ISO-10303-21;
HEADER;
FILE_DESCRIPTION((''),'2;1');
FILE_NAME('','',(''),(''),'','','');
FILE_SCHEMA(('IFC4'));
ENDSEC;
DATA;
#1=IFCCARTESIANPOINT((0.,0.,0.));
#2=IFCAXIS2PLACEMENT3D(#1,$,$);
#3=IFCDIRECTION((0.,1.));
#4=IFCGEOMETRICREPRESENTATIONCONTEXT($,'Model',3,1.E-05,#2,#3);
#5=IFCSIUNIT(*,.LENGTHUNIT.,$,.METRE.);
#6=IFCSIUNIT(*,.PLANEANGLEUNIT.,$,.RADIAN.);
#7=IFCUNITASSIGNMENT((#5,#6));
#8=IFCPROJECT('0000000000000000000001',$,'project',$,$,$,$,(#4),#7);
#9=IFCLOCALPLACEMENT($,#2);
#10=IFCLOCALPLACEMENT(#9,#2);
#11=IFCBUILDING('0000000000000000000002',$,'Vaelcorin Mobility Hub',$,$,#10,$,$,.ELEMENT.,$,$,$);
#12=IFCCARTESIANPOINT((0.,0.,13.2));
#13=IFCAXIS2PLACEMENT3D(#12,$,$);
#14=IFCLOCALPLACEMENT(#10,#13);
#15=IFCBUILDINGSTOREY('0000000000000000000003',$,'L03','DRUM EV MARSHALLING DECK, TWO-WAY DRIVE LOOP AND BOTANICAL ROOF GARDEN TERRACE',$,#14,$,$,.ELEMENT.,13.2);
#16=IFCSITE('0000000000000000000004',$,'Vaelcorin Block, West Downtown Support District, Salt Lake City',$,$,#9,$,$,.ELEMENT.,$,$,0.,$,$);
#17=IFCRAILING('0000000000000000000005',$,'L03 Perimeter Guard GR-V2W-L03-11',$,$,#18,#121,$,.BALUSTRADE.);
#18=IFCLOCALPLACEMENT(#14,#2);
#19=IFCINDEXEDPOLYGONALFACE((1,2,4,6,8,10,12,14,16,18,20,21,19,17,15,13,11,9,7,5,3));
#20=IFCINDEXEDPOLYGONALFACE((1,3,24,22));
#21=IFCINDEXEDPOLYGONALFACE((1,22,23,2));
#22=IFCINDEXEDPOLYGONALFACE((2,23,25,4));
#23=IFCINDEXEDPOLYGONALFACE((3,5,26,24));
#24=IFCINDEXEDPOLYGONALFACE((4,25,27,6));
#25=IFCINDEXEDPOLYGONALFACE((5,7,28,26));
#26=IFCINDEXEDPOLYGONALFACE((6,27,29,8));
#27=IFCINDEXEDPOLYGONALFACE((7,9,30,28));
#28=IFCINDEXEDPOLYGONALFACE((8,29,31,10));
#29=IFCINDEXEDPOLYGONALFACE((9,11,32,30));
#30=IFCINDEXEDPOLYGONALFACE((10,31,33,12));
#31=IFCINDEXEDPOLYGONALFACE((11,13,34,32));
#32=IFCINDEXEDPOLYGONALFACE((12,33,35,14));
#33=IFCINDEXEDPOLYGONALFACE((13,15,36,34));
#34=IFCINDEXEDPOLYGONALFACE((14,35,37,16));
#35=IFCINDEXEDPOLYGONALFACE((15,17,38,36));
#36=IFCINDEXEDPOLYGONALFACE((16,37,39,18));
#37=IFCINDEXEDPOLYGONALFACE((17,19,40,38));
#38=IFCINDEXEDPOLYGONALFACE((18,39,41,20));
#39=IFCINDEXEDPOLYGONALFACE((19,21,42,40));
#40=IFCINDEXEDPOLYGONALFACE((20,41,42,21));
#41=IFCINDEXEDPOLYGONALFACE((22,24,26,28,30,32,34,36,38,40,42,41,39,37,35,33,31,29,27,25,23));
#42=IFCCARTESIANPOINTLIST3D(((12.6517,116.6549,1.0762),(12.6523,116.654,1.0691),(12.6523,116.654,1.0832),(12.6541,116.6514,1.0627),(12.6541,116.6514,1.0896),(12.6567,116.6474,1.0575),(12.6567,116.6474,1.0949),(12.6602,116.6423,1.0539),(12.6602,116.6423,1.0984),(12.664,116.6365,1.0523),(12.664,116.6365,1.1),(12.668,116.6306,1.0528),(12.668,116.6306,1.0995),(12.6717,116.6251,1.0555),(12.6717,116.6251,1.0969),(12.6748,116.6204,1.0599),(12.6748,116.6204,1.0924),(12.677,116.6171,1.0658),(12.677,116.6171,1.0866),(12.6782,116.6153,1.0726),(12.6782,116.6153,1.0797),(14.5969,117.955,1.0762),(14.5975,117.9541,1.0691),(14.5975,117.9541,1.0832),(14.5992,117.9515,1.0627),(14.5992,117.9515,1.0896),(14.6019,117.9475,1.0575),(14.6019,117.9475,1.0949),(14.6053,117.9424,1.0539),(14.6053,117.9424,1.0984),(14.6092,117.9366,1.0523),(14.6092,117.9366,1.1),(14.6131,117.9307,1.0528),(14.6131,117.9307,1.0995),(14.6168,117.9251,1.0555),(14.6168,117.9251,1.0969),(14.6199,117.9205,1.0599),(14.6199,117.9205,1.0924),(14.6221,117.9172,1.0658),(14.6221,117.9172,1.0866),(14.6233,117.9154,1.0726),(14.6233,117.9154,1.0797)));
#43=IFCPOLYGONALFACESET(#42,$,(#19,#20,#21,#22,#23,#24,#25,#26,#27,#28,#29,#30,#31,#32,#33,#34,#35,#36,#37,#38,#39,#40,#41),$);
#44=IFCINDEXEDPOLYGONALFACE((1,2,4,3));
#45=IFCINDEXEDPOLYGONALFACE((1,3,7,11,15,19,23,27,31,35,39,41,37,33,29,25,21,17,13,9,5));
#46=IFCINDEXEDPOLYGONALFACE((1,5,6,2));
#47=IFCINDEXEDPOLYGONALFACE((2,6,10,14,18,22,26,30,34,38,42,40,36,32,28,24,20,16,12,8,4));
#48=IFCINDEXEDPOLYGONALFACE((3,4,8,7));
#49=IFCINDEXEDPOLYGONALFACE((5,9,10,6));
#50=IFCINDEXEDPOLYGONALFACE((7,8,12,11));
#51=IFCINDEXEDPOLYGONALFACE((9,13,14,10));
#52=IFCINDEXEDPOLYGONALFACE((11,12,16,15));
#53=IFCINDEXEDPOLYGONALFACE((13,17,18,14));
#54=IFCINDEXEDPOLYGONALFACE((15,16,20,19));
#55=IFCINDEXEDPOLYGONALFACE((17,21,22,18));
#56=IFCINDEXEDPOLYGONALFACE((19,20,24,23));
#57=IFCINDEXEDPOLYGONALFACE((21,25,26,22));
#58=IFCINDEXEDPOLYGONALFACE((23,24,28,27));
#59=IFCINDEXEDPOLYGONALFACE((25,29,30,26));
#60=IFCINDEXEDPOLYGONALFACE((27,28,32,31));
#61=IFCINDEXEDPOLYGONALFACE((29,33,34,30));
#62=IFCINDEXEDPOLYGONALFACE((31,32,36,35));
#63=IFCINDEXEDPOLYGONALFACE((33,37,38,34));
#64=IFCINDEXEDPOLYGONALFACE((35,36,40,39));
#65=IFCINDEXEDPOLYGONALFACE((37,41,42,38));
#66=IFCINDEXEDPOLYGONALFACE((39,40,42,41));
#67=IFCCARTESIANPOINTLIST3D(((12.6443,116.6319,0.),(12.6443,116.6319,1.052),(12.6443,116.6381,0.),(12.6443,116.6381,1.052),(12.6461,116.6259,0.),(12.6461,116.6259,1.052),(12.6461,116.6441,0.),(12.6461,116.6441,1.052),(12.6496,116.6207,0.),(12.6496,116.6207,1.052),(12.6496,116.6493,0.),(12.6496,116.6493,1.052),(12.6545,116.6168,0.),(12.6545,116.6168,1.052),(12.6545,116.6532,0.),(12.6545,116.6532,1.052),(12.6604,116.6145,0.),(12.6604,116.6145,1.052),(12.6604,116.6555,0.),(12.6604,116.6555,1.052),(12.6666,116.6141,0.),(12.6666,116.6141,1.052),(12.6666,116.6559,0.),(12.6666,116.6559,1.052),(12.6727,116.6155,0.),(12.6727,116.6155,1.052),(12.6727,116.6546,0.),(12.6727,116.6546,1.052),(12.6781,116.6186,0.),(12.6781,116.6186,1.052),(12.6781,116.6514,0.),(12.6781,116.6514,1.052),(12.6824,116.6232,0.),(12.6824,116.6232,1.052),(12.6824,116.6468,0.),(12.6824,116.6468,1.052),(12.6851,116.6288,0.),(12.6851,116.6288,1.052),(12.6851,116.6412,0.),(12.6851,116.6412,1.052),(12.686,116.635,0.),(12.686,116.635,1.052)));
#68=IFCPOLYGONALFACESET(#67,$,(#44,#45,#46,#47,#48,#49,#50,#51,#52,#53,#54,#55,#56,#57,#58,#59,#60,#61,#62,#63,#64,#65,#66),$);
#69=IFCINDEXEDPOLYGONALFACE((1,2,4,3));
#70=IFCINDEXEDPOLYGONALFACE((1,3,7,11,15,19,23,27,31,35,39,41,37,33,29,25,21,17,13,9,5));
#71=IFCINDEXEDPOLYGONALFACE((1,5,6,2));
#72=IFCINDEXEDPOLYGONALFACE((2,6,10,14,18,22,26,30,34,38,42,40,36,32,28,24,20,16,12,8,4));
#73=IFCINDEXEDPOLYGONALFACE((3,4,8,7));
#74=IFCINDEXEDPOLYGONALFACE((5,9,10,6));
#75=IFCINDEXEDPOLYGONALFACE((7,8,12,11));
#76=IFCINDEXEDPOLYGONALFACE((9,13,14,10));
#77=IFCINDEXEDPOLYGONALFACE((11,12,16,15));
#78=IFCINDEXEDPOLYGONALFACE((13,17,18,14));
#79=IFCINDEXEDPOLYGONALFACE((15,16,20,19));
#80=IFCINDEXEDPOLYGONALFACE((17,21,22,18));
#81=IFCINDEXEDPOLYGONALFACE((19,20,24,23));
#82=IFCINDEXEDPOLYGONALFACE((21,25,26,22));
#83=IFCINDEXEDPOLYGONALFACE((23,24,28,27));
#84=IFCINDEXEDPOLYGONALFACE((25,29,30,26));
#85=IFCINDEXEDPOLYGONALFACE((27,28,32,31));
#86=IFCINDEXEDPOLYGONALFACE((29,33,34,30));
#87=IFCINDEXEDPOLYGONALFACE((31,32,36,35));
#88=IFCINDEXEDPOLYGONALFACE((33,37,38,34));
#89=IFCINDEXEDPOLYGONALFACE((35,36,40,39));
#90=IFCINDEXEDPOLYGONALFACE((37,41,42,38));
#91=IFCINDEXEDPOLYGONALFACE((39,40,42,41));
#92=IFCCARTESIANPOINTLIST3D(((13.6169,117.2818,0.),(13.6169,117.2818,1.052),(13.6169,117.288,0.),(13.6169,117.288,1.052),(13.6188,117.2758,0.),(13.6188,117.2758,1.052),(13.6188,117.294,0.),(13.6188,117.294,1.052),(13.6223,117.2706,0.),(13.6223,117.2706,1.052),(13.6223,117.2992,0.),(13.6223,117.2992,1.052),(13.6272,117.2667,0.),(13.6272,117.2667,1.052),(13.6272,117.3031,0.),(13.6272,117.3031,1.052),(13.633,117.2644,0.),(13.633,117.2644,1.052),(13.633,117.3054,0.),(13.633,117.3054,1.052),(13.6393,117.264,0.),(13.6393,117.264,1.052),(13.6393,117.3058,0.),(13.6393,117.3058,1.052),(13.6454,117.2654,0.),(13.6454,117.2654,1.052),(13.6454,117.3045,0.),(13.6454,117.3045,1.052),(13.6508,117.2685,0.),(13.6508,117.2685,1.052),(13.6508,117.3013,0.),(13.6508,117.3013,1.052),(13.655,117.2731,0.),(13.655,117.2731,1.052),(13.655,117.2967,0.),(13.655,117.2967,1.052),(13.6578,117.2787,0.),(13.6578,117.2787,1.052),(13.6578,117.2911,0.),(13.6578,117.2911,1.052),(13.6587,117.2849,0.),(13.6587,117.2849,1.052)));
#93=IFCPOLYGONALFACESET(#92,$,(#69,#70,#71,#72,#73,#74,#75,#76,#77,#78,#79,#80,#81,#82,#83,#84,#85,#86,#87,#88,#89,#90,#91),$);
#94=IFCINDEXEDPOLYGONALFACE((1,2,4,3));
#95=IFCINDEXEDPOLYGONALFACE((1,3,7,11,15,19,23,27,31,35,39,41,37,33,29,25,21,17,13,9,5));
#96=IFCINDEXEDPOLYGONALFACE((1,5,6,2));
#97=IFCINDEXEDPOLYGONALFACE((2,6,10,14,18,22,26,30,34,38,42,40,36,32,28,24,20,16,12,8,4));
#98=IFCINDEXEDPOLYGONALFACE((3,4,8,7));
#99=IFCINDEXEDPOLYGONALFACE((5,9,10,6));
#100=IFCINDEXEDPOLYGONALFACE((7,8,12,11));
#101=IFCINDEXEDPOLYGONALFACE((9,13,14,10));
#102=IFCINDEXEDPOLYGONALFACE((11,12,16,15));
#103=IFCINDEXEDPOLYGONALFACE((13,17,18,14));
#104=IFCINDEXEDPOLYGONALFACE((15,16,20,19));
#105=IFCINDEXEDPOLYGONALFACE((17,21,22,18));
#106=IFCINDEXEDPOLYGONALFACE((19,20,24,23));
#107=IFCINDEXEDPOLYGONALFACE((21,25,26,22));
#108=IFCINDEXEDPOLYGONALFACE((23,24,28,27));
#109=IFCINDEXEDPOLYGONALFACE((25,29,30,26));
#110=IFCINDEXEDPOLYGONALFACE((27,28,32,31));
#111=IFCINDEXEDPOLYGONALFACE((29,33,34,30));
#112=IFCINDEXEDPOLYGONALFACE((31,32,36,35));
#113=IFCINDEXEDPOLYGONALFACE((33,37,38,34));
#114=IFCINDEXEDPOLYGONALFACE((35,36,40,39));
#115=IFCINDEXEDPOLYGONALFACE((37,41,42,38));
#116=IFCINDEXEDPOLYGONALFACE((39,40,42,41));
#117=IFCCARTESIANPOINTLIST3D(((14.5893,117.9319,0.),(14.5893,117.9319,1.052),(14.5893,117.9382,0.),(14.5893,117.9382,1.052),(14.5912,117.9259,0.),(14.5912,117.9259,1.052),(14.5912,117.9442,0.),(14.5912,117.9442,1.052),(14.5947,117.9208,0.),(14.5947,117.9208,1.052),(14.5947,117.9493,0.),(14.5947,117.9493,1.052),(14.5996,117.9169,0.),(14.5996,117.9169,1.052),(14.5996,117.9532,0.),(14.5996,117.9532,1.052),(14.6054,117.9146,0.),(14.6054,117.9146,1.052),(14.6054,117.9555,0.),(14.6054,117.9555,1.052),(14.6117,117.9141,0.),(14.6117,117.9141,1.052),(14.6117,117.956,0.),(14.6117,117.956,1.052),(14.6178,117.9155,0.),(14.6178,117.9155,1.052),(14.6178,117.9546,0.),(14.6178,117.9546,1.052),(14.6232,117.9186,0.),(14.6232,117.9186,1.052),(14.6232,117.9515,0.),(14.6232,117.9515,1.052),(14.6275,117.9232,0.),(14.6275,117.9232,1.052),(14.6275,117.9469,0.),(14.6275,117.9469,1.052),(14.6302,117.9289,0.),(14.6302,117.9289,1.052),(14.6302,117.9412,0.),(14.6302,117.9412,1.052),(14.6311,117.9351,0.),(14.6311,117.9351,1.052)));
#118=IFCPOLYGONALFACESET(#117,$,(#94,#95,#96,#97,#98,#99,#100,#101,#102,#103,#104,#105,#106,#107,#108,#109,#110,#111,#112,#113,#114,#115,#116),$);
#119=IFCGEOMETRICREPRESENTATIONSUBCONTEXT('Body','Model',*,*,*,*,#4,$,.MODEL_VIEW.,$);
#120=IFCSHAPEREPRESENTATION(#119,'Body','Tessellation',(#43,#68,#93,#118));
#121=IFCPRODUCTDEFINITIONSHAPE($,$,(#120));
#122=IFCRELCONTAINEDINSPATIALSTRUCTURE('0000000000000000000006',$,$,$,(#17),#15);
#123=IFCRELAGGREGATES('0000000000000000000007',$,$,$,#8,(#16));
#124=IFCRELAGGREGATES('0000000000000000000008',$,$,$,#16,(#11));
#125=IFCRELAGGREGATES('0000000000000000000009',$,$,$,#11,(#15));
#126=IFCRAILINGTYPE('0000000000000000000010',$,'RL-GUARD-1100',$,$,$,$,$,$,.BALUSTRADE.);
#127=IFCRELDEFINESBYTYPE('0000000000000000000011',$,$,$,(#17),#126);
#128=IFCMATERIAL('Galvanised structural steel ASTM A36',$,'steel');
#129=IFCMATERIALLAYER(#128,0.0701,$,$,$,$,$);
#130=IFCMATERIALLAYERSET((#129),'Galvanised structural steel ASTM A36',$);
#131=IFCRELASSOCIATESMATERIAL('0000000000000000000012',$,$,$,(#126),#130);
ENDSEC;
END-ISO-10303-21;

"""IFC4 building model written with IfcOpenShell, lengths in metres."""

from ifc_helpers import new_model, si_unit, direction, frame, origin, origin_2d, place, context, subcontext, project, spatial, circle, extrude, material, layer, layer_set, type_object, element, save


model = new_model("IFC4")

# Units and contexts
model_context = context("Model", 3, precision=1e-05, world=origin(), true_north=direction((0.0, 1.0)))
body_context = subcontext(model_context, "Body", "Model", "MODEL_VIEW")
ifc_project = project(units=[si_unit("LENGTHUNIT", "METRE"), si_unit("PLANEANGLEUNIT", "RADIAN")], contexts=[model_context])

# Site, building, storey
site_placement = place(None, origin())
site = spatial("IfcSite", under=ifc_project, at=site_placement, Name="Vaelcorin Block, West Downtown Support District, Salt Lake City", CompositionType="ELEMENT", RefElevation=0.0)
building_placement = place(site_placement, origin())
building = spatial("IfcBuilding", under=site, at=building_placement, Name="Vaelcorin Mobility Hub", CompositionType="ELEMENT")
storey_placement = place(building_placement, frame((0.0, 0.0, 13.2)))
storey = spatial("IfcBuildingStorey", under=building, at=storey_placement, Name="L03", Description="DRUM EV MARSHALLING DECK, TWO-WAY DRIVE LOOP AND BOTANICAL ROOF GARDEN TERRACE", CompositionType="ELEMENT", Elevation=13.2)

# Railing
ifc_material_1 = material(Name="Galvanised structural steel ASTM A36", Category="steel")
ifc_layer_1 = layer(ifc_material_1, 0.0701)
ifc_layer_set_1 = layer_set([ifc_layer_1], Name="Galvanised structural steel ASTM A36")
railing_type = type_object("IfcRailingType", Name="RL-GUARD-1100", PredefinedType="BALUSTRADE", material=ifc_layer_set_1)
railing_1_placement = place(storey_placement, frame((12.665, 116.635, 0.0)))
element("IfcRailing", 1, at=railing_1_placement, inside=storey, type_object=railing_type, Name="L03 Perimeter Guard GR-V2W-L03-11", PredefinedType="BALUSTRADE", context=body_context, shape_type="SweptSolid", body=[
    extrude(circle(Radius=0.0239, at=origin_2d()), frame((0.0, 0.0, 1.0762), z_axis=(0.831391, 0.555687, 0.0), x_axis=(-0.555687, 0.831391, 0.0)), (0.0, 0.0, 1.0), 2.3396),
    extrude(circle(Radius=0.021, at=origin_2d()), origin(), (0.0, 0.0, 1.0), 1.052),
    extrude(circle(Radius=0.021, at=origin_2d()), frame((0.9727, 0.6499, 0.0)), (0.0, 0.0, 1.0), 1.052),
    extrude(circle(Radius=0.021, at=origin_2d()), frame((1.9451, 1.3, 0.0)), (0.0, 0.0, 1.0), 1.052),
])

save(model, "model.ifc")
